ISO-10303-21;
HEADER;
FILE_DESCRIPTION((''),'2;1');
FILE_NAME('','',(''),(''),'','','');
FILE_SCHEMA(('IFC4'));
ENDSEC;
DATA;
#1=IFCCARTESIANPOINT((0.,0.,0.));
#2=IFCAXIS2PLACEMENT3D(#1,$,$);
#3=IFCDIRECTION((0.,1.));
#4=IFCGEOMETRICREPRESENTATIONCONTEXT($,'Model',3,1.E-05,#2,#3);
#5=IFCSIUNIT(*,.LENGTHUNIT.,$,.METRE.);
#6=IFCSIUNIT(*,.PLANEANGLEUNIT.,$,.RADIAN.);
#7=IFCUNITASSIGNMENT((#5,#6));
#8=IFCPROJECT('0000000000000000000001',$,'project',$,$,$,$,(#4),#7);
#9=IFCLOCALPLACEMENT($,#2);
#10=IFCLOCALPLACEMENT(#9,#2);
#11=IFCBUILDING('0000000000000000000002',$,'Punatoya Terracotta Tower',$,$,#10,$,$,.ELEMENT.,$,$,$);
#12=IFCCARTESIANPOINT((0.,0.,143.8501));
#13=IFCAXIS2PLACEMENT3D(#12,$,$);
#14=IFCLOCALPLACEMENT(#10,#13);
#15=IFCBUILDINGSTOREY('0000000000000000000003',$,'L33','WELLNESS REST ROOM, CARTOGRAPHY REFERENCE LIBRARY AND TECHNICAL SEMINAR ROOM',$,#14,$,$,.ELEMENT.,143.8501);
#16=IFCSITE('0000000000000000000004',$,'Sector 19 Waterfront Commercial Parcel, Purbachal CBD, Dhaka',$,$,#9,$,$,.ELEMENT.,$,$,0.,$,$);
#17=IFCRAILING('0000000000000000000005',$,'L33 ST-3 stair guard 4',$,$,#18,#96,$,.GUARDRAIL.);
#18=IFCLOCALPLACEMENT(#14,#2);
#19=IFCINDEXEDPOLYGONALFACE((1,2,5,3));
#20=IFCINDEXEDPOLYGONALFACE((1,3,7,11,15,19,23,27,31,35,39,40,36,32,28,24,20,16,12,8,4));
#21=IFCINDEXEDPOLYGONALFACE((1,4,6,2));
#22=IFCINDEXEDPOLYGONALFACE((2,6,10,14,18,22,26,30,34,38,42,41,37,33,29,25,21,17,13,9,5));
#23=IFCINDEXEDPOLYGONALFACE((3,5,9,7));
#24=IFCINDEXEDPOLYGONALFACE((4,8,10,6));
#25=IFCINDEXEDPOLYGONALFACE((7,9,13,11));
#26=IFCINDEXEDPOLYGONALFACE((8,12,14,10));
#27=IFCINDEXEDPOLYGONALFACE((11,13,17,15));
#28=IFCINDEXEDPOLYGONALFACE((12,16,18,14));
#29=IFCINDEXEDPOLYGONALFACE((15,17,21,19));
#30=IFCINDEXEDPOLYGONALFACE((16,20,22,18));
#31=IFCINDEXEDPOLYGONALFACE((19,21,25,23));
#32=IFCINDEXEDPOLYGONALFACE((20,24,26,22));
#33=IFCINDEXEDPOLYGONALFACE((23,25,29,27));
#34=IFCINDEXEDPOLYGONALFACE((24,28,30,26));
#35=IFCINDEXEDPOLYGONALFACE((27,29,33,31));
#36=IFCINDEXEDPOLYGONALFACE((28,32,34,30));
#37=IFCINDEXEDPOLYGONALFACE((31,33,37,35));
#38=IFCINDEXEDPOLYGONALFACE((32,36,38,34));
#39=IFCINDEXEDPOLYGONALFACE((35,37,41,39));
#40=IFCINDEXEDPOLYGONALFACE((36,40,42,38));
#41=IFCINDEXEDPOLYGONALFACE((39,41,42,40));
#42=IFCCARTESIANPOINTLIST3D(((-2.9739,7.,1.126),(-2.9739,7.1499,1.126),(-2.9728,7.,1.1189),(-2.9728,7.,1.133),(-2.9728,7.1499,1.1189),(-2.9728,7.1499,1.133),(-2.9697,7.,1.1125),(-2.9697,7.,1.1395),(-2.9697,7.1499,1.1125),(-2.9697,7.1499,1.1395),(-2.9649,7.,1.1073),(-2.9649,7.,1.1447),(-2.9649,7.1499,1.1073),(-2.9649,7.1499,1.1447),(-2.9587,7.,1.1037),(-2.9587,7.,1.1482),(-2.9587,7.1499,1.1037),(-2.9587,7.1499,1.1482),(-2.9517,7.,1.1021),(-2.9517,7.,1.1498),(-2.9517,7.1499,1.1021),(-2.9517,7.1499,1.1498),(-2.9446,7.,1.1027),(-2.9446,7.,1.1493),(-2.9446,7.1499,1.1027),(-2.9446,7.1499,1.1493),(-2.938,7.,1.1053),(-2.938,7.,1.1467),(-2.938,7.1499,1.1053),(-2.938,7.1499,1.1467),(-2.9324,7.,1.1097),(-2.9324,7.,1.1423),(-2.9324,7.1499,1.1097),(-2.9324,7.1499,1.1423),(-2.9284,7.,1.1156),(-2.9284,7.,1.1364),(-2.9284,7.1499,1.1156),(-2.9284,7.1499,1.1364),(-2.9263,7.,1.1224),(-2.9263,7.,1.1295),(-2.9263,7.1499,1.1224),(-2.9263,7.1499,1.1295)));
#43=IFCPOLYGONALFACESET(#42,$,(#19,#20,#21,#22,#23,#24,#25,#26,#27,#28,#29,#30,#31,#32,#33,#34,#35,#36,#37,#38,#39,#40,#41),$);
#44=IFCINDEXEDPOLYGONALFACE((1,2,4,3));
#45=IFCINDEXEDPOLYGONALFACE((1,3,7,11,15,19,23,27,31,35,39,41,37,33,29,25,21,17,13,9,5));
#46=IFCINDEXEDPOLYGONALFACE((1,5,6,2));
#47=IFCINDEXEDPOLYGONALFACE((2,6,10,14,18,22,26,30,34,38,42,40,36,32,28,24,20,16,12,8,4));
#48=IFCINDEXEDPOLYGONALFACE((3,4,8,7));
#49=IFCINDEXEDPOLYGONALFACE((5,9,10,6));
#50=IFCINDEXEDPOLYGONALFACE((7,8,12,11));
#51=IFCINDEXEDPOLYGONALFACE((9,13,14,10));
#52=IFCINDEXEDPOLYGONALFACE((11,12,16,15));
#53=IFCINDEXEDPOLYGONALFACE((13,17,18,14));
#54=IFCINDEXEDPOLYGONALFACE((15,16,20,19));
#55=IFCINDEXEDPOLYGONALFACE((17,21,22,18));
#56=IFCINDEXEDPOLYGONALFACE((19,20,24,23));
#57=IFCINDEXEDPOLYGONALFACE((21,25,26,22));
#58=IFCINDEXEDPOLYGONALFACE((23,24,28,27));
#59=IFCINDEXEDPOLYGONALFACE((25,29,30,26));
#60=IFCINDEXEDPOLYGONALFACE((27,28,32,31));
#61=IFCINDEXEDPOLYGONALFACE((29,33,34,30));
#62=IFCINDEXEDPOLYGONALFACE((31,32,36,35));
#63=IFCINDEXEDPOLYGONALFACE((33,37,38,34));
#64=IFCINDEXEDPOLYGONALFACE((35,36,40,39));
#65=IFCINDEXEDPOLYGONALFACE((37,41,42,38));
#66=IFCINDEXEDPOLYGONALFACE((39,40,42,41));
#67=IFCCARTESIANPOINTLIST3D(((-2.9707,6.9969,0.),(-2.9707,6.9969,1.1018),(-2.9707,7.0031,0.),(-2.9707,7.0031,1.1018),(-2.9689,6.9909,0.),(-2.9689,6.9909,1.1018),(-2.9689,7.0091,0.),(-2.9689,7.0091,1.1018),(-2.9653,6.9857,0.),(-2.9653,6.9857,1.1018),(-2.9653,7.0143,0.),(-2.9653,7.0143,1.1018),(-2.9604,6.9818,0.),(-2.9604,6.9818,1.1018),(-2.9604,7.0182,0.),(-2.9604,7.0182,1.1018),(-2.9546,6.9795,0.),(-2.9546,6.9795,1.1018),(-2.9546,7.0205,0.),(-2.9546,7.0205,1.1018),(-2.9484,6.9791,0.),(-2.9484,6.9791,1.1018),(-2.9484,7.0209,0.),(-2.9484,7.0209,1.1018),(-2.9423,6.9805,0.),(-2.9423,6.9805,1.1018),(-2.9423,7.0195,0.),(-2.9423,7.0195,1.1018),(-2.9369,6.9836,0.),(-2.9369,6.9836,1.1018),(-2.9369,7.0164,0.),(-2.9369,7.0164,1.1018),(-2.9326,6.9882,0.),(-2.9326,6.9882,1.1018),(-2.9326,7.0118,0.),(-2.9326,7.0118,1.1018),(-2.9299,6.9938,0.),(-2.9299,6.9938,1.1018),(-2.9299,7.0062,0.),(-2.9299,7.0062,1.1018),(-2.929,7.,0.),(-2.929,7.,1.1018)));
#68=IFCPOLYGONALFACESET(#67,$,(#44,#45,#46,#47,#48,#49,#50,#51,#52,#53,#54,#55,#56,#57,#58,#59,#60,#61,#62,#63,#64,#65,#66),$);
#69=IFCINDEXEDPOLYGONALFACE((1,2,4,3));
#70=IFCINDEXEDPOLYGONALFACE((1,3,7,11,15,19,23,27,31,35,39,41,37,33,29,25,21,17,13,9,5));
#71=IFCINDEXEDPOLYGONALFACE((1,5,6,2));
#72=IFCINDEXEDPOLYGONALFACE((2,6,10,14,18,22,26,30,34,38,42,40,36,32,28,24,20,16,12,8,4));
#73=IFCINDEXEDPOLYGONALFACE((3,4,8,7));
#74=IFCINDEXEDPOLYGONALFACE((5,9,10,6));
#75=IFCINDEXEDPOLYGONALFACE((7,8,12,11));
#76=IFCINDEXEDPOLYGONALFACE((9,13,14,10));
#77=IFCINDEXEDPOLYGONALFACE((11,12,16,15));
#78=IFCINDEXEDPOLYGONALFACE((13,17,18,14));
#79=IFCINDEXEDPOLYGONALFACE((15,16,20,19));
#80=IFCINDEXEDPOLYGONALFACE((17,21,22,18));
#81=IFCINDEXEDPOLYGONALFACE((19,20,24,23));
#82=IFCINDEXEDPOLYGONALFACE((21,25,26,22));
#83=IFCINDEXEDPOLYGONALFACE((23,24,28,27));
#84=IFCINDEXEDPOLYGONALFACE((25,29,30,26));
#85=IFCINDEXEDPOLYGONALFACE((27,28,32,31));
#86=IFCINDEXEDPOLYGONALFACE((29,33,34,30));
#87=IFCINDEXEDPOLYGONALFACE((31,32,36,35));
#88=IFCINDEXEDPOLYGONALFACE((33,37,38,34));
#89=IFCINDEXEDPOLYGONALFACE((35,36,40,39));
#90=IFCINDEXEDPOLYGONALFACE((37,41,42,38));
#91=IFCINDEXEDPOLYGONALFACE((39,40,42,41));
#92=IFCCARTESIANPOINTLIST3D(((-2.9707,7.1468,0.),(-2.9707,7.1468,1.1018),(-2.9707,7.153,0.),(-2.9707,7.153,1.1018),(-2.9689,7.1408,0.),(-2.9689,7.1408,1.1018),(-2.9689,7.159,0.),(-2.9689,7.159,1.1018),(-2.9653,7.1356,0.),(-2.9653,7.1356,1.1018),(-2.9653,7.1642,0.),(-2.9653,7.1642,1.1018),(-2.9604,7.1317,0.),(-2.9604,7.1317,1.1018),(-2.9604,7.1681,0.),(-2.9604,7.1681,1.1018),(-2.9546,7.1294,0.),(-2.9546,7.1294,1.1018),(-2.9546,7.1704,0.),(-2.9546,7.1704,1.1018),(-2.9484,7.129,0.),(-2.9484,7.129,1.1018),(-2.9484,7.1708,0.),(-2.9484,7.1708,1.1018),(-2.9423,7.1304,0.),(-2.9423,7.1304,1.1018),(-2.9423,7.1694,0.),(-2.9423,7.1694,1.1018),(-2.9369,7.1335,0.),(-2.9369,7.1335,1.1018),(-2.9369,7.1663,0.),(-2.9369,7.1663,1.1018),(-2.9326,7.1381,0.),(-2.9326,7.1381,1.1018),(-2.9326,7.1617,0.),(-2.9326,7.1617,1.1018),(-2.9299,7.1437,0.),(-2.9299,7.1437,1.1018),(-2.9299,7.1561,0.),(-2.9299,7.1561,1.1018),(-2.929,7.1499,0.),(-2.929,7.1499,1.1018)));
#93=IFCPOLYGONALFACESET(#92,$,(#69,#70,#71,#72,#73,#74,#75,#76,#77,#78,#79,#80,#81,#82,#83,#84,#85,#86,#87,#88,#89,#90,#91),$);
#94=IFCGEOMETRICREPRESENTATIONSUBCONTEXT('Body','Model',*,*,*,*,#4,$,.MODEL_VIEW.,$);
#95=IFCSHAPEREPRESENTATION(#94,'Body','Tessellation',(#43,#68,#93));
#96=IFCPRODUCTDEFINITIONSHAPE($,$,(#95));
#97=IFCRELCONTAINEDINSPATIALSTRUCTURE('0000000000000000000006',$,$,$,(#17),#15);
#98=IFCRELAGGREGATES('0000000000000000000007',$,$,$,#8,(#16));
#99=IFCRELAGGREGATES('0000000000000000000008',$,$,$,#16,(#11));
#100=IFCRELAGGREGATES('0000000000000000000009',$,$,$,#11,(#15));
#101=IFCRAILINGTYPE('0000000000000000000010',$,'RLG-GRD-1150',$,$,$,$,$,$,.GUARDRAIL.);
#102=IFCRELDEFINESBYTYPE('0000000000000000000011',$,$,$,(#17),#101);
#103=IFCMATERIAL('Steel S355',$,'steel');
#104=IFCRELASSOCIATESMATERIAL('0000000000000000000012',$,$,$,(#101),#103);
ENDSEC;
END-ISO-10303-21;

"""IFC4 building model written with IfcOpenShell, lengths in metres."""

from ifc_helpers import new_model, si_unit, direction, frame, origin, origin_2d, place, context, subcontext, project, spatial, circle, extrude, material, type_object, element, save


model = new_model("IFC4")

# Units and contexts
model_context = context("Model", 3, precision=1e-05, world=origin(), true_north=direction((0.0, 1.0)))
body_context = subcontext(model_context, "Body", "Model", "MODEL_VIEW")
ifc_project = project(units=[si_unit("LENGTHUNIT", "METRE"), si_unit("PLANEANGLEUNIT", "RADIAN")], contexts=[model_context])

# Site, building, storey
site_placement = place(None, origin())
site = spatial("IfcSite", under=ifc_project, at=site_placement, Name="Sector 19 Waterfront Commercial Parcel, Purbachal CBD, Dhaka", CompositionType="ELEMENT", RefElevation=0.0)
building_placement = place(site_placement, origin())
building = spatial("IfcBuilding", under=site, at=building_placement, Name="Punatoya Terracotta Tower", CompositionType="ELEMENT")
storey_placement = place(building_placement, frame((0.0, 0.0, 143.8501)))
storey = spatial("IfcBuildingStorey", under=building, at=storey_placement, Name="L33", Description="WELLNESS REST ROOM, CARTOGRAPHY REFERENCE LIBRARY AND TECHNICAL SEMINAR ROOM", CompositionType="ELEMENT", Elevation=143.8501)

# Shared definitions
ifc_material_1 = material(Name="Steel S355", Category="steel")

# Railing
railing_type_1 = type_object("IfcRailingType", Name="RLG-GRD-1150", PredefinedType="GUARDRAIL", material=ifc_material_1)
railing_1_placement = place(storey_placement, frame((-2.95, 7.0, 0.0)))
element("IfcRailing", 1, at=railing_1_placement, inside=storey, type_object=railing_type_1, Name="L33 ST-3 stair guard 4", PredefinedType="GUARDRAIL", context=body_context, shape_type="SweptSolid", body=[
    extrude(circle(Radius=0.0239, at=origin_2d()), frame((0.0, 0.0, 1.126), z_axis=(0.0, 1.0, 0.0), x_axis=(-1.0, 0.0, 0.0)), (0.0, 0.0, 1.0), 0.1499),
    extrude(circle(Radius=0.021, at=origin_2d()), origin(), (0.0, 0.0, 1.0), 1.1018),
    extrude(circle(Radius=0.021, at=origin_2d()), frame((0.0, 0.1499, 0.0)), (0.0, 0.0, 1.0), 1.1018),
])

save(model, "model.ifc")
